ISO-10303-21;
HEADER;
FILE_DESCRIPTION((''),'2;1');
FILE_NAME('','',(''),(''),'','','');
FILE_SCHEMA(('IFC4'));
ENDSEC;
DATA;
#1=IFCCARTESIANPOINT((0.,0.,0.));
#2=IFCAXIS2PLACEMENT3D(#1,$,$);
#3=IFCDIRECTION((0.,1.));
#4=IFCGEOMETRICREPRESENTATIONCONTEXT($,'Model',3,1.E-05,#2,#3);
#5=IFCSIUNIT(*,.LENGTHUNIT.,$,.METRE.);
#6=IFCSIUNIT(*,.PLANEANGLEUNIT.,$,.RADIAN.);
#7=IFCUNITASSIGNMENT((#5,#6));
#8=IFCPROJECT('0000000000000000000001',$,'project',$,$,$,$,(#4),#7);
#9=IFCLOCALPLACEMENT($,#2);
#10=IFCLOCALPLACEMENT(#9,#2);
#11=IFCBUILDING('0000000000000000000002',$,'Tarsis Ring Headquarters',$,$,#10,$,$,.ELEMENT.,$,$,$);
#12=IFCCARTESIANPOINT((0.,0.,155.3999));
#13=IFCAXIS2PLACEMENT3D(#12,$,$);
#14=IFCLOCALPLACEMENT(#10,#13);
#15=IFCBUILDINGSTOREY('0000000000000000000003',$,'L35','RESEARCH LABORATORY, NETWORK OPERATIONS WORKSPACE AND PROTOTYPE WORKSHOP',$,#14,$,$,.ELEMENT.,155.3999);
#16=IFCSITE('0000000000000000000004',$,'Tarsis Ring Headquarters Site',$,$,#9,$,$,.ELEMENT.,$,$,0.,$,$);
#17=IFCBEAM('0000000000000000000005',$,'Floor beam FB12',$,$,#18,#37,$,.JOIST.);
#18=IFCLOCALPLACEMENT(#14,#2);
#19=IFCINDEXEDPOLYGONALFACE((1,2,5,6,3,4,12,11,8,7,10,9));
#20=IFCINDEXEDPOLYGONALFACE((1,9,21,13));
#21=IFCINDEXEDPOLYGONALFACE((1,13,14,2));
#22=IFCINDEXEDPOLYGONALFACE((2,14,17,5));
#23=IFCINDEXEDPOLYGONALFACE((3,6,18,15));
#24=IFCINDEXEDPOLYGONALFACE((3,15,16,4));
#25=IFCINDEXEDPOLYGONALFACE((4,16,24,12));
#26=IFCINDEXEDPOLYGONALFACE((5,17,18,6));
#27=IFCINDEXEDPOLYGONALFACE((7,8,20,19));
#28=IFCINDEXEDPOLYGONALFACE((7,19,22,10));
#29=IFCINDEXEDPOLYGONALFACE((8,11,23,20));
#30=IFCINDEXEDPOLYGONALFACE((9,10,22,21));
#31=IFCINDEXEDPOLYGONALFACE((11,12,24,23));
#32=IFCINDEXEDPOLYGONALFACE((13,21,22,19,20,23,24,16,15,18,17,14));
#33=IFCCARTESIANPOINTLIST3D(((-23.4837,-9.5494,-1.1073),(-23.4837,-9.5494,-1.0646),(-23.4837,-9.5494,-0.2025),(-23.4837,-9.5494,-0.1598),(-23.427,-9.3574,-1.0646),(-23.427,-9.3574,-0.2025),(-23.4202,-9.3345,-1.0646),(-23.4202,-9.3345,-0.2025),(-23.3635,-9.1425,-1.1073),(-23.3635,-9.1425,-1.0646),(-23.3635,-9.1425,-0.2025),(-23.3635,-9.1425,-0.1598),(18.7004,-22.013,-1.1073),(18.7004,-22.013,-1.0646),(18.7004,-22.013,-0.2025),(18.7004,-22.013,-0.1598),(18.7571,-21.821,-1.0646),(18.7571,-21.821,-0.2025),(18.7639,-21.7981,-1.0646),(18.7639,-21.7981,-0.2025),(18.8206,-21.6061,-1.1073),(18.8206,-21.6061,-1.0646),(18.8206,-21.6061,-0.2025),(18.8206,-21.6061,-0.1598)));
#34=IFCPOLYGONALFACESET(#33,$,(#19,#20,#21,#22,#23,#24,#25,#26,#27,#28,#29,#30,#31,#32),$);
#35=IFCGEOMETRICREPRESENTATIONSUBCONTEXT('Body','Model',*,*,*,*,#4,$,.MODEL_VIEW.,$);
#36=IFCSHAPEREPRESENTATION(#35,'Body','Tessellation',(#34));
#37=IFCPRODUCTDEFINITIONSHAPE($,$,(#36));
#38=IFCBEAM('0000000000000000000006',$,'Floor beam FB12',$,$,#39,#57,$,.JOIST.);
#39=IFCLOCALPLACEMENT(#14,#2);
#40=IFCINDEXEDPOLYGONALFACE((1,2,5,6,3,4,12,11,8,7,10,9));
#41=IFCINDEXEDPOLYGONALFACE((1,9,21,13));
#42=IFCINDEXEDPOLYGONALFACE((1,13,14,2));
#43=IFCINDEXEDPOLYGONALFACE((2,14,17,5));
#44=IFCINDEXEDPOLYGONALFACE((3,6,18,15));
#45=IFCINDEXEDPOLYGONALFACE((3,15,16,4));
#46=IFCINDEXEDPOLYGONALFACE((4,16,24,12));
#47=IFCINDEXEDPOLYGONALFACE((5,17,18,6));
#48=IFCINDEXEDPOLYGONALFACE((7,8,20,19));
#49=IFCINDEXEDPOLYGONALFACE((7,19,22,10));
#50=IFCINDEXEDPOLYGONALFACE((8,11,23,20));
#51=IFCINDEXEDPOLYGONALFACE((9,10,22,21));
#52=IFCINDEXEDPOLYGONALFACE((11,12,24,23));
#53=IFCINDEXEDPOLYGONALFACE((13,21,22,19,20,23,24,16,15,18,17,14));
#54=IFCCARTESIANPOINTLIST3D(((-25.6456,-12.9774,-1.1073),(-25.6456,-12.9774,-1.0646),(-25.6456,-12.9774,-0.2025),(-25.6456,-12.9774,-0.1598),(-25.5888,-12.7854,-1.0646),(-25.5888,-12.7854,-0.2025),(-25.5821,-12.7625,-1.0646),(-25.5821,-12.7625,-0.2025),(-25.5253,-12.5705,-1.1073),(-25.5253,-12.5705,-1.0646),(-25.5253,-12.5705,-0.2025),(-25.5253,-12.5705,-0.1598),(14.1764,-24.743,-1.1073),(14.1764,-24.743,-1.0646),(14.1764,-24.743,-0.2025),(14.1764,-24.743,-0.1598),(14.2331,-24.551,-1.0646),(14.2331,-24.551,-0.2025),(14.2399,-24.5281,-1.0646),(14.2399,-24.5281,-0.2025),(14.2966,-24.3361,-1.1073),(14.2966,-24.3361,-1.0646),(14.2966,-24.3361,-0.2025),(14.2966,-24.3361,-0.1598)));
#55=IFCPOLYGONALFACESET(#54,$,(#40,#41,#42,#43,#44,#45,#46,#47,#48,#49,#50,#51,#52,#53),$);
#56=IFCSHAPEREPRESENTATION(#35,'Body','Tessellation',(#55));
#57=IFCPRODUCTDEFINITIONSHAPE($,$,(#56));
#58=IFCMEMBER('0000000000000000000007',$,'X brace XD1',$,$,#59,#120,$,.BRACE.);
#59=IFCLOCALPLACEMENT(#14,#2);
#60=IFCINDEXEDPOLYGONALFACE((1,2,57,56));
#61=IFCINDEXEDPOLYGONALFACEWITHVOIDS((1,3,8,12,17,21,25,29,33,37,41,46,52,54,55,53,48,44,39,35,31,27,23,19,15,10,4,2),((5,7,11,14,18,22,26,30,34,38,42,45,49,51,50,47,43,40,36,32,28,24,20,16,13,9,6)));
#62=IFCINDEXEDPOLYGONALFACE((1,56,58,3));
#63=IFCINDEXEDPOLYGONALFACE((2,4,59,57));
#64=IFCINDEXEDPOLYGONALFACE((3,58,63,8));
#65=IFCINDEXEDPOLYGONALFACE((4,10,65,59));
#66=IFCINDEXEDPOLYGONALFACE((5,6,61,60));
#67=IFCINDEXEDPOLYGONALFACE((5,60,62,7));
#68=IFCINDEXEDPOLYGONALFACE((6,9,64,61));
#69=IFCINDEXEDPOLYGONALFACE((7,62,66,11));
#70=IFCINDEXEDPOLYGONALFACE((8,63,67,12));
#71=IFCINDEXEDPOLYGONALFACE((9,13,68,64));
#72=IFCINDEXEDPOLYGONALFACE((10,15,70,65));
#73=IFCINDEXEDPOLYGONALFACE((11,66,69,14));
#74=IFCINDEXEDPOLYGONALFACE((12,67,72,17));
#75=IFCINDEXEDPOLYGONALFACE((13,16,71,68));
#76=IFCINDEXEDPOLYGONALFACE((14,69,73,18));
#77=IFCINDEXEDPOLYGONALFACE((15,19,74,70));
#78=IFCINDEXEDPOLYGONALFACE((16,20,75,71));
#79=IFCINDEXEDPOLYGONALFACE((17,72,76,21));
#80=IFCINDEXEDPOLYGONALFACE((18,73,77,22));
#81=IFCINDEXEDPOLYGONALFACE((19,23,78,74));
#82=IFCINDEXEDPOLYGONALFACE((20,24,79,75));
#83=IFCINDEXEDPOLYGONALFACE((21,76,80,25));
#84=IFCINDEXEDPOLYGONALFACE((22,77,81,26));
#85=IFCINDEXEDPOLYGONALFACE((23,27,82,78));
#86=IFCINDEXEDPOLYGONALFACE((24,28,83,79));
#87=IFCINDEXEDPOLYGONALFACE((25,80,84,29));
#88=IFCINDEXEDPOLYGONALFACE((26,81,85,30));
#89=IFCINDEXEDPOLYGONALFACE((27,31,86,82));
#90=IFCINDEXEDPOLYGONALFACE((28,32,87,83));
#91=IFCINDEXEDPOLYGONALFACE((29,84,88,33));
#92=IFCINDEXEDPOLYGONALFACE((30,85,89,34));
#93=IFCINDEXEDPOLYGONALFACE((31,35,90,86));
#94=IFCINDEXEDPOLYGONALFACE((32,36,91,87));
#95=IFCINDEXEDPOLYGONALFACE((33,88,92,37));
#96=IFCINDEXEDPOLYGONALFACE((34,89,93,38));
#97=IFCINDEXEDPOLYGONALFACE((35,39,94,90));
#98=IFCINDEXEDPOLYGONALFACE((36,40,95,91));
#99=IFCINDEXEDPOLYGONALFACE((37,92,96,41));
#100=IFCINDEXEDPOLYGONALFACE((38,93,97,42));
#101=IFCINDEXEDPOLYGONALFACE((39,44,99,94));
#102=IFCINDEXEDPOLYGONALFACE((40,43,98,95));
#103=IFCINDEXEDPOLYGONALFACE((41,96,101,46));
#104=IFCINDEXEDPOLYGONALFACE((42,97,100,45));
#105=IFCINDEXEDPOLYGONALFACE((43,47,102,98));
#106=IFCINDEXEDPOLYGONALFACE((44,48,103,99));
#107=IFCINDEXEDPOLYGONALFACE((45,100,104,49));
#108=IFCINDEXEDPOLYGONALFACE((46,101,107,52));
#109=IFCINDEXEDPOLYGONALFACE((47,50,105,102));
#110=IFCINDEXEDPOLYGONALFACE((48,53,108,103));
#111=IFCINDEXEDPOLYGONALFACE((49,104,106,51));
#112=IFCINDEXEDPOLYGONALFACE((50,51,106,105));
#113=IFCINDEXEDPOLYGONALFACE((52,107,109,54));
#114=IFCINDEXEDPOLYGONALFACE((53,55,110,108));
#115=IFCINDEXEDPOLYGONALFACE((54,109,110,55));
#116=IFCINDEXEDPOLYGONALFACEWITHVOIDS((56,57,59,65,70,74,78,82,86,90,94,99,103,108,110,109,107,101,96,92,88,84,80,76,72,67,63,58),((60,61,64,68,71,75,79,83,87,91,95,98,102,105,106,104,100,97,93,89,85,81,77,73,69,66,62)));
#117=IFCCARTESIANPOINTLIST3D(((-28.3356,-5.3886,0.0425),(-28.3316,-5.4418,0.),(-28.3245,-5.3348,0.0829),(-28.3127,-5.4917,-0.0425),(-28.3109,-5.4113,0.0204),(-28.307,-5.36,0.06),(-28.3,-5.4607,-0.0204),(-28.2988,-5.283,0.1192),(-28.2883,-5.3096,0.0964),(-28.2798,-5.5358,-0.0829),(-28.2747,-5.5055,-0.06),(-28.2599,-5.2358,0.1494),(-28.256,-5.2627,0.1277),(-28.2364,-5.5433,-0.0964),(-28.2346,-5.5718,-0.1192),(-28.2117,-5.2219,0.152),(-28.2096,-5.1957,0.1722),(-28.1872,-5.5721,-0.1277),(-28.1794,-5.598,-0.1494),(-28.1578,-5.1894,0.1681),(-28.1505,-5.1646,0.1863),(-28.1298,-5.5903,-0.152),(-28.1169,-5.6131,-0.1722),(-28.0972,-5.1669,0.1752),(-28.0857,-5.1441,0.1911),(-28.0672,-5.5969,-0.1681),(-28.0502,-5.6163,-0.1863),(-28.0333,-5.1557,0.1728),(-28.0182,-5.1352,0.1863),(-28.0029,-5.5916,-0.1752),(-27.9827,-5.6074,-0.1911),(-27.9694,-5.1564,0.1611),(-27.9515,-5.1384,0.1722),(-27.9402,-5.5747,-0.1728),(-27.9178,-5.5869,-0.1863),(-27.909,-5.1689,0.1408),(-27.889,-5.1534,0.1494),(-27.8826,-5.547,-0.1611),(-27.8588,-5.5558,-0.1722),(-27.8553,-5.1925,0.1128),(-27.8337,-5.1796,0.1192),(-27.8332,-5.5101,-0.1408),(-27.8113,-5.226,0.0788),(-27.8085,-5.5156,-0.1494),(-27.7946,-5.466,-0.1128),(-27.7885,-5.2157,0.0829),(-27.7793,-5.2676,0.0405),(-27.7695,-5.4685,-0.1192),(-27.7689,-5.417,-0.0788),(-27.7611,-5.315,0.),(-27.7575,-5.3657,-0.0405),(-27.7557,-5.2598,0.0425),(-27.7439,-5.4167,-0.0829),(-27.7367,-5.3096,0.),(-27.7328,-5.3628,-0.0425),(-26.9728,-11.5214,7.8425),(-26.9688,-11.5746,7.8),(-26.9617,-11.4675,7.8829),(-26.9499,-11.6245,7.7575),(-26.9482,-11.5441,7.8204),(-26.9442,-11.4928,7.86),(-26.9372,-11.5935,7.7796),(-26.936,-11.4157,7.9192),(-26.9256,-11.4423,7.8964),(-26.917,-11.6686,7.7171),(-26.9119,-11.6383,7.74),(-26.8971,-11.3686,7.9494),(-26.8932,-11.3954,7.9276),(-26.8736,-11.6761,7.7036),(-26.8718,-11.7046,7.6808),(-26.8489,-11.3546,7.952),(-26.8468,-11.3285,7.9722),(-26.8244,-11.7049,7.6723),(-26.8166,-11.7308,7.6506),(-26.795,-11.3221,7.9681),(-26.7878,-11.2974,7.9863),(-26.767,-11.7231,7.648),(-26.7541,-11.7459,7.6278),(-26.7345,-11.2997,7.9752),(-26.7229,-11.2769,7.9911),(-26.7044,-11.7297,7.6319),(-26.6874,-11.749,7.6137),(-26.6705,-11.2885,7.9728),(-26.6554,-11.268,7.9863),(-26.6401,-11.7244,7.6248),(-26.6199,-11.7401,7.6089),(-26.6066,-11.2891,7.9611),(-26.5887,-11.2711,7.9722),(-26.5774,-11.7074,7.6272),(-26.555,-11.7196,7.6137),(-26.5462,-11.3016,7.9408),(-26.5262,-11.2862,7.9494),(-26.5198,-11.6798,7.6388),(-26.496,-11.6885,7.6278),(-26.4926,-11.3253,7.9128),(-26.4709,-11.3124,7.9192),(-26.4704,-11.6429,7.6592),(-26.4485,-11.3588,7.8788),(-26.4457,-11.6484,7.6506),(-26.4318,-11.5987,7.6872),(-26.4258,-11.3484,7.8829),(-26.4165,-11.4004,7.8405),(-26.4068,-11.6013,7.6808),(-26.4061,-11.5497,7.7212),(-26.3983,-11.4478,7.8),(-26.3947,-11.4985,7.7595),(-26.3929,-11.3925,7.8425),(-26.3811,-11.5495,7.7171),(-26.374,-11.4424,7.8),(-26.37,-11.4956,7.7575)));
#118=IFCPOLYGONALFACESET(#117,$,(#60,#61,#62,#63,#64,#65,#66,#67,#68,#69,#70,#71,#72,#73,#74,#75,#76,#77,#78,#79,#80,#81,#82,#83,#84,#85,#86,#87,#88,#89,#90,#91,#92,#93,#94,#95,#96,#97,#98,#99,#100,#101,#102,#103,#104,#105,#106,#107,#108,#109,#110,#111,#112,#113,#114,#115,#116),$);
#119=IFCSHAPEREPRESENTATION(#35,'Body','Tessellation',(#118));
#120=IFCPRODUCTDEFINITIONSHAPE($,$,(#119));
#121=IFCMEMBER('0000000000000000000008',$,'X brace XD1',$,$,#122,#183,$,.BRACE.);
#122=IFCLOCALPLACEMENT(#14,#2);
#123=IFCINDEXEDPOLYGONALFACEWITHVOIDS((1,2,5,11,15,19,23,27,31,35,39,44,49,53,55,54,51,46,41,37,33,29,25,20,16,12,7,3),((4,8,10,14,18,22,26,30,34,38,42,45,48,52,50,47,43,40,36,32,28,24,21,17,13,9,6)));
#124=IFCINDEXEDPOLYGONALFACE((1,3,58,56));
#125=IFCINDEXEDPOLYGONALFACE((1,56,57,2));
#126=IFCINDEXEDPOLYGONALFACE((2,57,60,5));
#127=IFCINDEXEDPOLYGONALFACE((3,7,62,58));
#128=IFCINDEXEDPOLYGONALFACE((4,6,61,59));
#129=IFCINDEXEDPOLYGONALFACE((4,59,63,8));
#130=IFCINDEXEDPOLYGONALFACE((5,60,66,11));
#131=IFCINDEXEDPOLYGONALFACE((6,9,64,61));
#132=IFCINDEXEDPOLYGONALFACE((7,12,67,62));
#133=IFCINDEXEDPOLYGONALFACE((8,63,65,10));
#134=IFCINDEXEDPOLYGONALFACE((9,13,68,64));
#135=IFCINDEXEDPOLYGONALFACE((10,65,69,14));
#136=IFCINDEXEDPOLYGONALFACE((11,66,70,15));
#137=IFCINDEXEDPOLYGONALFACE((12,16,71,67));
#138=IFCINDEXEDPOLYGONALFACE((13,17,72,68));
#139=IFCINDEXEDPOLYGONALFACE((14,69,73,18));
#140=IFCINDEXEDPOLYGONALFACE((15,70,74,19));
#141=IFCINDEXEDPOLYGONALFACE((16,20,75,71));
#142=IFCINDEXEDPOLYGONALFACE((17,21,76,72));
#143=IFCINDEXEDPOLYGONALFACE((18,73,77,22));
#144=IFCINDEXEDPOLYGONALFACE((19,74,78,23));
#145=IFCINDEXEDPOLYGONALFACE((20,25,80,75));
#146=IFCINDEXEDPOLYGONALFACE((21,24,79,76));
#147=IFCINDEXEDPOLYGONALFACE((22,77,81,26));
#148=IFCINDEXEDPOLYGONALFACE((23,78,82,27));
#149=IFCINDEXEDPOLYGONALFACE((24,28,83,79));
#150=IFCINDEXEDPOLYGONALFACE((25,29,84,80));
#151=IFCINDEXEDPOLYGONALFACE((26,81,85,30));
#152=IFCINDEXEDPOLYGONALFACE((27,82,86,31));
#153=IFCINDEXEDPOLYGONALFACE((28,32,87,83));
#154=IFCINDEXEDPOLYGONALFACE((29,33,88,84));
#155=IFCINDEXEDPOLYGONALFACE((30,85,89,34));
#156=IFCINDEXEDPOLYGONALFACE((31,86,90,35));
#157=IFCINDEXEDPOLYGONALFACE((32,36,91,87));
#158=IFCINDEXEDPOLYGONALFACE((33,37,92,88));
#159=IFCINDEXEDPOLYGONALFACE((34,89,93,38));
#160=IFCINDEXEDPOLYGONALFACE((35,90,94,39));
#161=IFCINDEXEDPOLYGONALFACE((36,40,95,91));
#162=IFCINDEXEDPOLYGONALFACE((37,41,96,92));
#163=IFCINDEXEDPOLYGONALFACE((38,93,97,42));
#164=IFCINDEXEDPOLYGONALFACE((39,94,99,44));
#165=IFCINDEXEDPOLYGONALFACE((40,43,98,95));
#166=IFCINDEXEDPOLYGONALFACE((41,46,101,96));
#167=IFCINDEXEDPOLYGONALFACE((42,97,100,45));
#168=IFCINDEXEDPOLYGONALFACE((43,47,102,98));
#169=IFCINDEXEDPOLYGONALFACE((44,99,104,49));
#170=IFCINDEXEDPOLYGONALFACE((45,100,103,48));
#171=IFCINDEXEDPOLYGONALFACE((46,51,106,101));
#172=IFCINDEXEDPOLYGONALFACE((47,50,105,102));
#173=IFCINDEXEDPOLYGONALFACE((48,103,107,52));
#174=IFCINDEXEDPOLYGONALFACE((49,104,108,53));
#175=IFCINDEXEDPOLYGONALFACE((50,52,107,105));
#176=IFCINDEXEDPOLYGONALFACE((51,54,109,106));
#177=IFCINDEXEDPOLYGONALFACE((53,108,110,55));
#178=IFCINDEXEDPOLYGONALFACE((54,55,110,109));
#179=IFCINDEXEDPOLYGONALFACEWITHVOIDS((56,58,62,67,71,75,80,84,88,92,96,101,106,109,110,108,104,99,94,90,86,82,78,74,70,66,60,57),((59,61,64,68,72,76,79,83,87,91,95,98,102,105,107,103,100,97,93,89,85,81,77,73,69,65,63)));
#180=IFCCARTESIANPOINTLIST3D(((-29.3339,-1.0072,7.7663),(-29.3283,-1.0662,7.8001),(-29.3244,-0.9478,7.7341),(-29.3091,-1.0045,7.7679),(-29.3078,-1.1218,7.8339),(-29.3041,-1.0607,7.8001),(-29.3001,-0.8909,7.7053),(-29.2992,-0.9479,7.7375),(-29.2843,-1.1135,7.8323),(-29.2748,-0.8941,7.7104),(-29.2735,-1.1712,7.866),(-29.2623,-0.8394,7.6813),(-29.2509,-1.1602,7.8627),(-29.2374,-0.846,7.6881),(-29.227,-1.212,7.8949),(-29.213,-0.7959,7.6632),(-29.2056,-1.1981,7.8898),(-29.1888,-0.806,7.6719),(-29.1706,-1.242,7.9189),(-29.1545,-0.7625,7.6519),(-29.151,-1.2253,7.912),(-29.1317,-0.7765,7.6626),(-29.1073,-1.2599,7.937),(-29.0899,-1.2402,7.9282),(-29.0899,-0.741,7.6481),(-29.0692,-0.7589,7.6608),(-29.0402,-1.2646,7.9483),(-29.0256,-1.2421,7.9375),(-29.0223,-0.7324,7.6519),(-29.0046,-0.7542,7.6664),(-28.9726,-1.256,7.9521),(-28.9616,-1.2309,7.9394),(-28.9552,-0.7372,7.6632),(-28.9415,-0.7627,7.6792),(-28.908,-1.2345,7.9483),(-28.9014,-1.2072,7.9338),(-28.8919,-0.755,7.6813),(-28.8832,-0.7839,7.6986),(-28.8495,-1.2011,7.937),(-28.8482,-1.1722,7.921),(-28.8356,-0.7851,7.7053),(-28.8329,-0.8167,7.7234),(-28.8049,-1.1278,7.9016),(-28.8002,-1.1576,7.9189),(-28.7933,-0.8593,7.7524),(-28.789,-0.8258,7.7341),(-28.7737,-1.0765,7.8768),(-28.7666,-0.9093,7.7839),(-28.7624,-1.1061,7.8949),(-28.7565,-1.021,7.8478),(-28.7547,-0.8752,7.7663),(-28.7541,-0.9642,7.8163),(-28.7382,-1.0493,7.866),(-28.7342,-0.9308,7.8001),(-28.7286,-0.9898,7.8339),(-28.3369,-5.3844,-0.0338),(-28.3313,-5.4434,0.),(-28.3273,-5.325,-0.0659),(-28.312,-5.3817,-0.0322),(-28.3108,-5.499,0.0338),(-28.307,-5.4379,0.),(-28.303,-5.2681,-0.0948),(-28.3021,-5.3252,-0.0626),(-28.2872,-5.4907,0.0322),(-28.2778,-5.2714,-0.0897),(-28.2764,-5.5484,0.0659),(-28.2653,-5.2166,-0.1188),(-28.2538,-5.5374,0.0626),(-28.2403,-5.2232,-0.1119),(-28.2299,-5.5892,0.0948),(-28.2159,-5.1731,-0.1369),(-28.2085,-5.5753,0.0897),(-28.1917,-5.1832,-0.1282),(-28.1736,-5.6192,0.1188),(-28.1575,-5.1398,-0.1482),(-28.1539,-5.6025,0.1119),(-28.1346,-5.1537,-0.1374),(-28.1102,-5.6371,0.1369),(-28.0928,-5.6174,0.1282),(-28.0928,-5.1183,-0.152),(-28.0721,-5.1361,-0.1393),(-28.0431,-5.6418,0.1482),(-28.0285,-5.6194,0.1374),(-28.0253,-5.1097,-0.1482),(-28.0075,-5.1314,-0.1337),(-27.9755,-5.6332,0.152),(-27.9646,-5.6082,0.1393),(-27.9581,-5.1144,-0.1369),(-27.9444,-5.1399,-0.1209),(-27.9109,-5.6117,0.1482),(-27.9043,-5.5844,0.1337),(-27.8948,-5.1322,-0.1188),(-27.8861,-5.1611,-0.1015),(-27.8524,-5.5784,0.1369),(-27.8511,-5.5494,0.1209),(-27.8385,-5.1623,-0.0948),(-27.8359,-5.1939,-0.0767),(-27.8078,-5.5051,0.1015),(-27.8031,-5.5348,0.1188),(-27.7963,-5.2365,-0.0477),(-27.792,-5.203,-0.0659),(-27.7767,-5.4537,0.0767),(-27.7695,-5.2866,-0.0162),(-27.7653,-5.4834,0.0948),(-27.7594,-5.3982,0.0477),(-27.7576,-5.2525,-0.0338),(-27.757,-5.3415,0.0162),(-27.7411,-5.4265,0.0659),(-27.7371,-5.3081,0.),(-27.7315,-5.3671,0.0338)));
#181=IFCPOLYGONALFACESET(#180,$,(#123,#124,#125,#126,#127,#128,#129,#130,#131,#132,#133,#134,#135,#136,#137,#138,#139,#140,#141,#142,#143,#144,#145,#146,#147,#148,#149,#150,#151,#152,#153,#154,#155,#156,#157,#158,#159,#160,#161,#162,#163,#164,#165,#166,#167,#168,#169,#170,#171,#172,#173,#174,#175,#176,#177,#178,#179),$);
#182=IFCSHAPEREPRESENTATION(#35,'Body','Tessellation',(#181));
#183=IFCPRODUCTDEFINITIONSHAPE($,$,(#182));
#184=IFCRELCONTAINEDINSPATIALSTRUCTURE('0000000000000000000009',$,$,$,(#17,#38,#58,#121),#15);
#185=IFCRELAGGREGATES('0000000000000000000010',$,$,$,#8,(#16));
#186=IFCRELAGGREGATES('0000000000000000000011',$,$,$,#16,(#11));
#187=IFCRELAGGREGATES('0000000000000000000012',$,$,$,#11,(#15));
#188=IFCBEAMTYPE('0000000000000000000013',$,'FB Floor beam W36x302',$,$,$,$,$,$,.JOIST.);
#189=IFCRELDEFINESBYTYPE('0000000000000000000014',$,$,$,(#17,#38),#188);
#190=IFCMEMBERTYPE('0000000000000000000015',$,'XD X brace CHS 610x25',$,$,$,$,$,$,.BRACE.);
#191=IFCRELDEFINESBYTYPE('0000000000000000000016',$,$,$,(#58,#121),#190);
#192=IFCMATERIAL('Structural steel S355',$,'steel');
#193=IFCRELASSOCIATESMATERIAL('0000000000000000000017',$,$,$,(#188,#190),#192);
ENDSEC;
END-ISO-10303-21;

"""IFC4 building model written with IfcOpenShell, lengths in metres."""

from ifc_helpers import new_model, si_unit, direction, frame, origin, origin_2d, place, context, subcontext, project, spatial, hollow_circle, i_section, extrude, material, material_profile, profile_set, type_object, element, save


model = new_model("IFC4")

# Units and contexts
model_context = context("Model", 3, precision=1e-05, world=origin(), true_north=direction((0.0, 1.0)))
body_context = subcontext(model_context, "Body", "Model", "MODEL_VIEW")
ifc_project = project(units=[si_unit("LENGTHUNIT", "METRE"), si_unit("PLANEANGLEUNIT", "RADIAN")], contexts=[model_context])

# Site, building, storey
site_placement = place(None, origin())
site = spatial("IfcSite", under=ifc_project, at=site_placement, Name="Tarsis Ring Headquarters Site", CompositionType="ELEMENT", RefElevation=0.0)
building_placement = place(site_placement, origin())
building = spatial("IfcBuilding", under=site, at=building_placement, Name="Tarsis Ring Headquarters", CompositionType="ELEMENT")
storey_placement = place(building_placement, frame((0.0, 0.0, 155.3999)))
storey = spatial("IfcBuildingStorey", under=building, at=storey_placement, Name="L35", Description="RESEARCH LABORATORY, NETWORK OPERATIONS WORKSPACE AND PROTOTYPE WORKSHOP", CompositionType="ELEMENT", Elevation=155.3999)

# Shared definitions
ifc_material_1 = material(Name="Structural steel S355", Category="steel")

# Beams
ifc_material_profile_1 = material_profile(ifc_material_1, i_section(OverallWidth=0.4243, OverallDepth=0.9475, WebThickness=0.0239, FlangeThickness=0.0427, at=origin_2d()), Name="W36x302")
ifc_profile_set_1 = profile_set([ifc_material_profile_1], Name="Structural steel S355")
beam_type_1 = type_object("IfcBeamType", Name="FB Floor beam W36x302", PredefinedType="JOIST", material=ifc_profile_set_1)
beam_1_placement = place(storey_placement, frame((-23.4236, -9.3459, -0.6335), z_axis=(0.959017, -0.283349, 0.0), x_axis=(0.283349, 0.959017, 0.0)))
element("IfcBeam", 1, at=beam_1_placement, inside=storey, type_object=beam_type_1, Name="Floor beam FB12", PredefinedType="JOIST", context=body_context, shape_type="SweptSolid", body=[
    extrude(i_section(OverallWidth=0.4243, OverallDepth=0.9475, WebThickness=0.0239, FlangeThickness=0.0427, at=origin_2d()), origin(), (0.0, 0.0, 1.0), 43.9868),
])
beam_2_placement = place(storey_placement, frame((-25.5854, -12.7739, -0.6335), z_axis=(0.959018, -0.283347, 0.0), x_axis=(0.283347, 0.959018, 0.0)))
element("IfcBeam", 2, at=beam_2_placement, inside=storey, type_object=beam_type_1, Name="Floor beam FB12", PredefinedType="JOIST", context=body_context, shape_type="SweptSolid", body=[
    extrude(i_section(OverallWidth=0.4243, OverallDepth=0.9475, WebThickness=0.0239, FlangeThickness=0.0427, at=origin_2d()), origin(), (0.0, 0.0, 1.0), 41.5237),
])

# Members
ifc_material_profile_2 = material_profile(ifc_material_1, hollow_circle(Radius=0.3047, WallThickness=0.0249, at=origin_2d()), Name="CHS 610x25")
ifc_profile_set_2 = profile_set([ifc_material_profile_2], Name="Structural steel S355")
member_type = type_object("IfcMemberType", Name="XD X brace CHS 610x25", PredefinedType="BRACE", material=ifc_profile_set_2)
member_1_placement = place(storey_placement, frame((-28.0342, -5.3757, 0.0), z_axis=(0.136069, -0.612335, 0.778801), x_axis=(0.976189, 0.216922, 0.0)))
element("IfcMember", 3, at=member_1_placement, inside=storey, type_object=member_type, Name="X brace XD1", PredefinedType="BRACE", context=body_context, shape_type="SweptSolid", body=[
    extrude(hollow_circle(Radius=0.3047, WallThickness=0.0249, at=origin_2d()), origin(), (0.0, 0.0, 1.0), 10.0154),
])
member_2_placement = place(storey_placement, frame((-28.0342, -5.3757, 0.0), z_axis=(-0.110789, 0.486371, 0.8667), x_axis=(-0.975024, -0.222098, 0.0)))
element("IfcMember", 4, at=member_2_placement, inside=storey, type_object=member_type, Name="X brace XD1", PredefinedType="BRACE", context=body_context, shape_type="SweptSolid", body=[
    extrude(hollow_circle(Radius=0.3047, WallThickness=0.0249, at=origin_2d()), origin(), (0.0, 0.0, 1.0), 8.9998),
])

save(model, "model.ifc")
